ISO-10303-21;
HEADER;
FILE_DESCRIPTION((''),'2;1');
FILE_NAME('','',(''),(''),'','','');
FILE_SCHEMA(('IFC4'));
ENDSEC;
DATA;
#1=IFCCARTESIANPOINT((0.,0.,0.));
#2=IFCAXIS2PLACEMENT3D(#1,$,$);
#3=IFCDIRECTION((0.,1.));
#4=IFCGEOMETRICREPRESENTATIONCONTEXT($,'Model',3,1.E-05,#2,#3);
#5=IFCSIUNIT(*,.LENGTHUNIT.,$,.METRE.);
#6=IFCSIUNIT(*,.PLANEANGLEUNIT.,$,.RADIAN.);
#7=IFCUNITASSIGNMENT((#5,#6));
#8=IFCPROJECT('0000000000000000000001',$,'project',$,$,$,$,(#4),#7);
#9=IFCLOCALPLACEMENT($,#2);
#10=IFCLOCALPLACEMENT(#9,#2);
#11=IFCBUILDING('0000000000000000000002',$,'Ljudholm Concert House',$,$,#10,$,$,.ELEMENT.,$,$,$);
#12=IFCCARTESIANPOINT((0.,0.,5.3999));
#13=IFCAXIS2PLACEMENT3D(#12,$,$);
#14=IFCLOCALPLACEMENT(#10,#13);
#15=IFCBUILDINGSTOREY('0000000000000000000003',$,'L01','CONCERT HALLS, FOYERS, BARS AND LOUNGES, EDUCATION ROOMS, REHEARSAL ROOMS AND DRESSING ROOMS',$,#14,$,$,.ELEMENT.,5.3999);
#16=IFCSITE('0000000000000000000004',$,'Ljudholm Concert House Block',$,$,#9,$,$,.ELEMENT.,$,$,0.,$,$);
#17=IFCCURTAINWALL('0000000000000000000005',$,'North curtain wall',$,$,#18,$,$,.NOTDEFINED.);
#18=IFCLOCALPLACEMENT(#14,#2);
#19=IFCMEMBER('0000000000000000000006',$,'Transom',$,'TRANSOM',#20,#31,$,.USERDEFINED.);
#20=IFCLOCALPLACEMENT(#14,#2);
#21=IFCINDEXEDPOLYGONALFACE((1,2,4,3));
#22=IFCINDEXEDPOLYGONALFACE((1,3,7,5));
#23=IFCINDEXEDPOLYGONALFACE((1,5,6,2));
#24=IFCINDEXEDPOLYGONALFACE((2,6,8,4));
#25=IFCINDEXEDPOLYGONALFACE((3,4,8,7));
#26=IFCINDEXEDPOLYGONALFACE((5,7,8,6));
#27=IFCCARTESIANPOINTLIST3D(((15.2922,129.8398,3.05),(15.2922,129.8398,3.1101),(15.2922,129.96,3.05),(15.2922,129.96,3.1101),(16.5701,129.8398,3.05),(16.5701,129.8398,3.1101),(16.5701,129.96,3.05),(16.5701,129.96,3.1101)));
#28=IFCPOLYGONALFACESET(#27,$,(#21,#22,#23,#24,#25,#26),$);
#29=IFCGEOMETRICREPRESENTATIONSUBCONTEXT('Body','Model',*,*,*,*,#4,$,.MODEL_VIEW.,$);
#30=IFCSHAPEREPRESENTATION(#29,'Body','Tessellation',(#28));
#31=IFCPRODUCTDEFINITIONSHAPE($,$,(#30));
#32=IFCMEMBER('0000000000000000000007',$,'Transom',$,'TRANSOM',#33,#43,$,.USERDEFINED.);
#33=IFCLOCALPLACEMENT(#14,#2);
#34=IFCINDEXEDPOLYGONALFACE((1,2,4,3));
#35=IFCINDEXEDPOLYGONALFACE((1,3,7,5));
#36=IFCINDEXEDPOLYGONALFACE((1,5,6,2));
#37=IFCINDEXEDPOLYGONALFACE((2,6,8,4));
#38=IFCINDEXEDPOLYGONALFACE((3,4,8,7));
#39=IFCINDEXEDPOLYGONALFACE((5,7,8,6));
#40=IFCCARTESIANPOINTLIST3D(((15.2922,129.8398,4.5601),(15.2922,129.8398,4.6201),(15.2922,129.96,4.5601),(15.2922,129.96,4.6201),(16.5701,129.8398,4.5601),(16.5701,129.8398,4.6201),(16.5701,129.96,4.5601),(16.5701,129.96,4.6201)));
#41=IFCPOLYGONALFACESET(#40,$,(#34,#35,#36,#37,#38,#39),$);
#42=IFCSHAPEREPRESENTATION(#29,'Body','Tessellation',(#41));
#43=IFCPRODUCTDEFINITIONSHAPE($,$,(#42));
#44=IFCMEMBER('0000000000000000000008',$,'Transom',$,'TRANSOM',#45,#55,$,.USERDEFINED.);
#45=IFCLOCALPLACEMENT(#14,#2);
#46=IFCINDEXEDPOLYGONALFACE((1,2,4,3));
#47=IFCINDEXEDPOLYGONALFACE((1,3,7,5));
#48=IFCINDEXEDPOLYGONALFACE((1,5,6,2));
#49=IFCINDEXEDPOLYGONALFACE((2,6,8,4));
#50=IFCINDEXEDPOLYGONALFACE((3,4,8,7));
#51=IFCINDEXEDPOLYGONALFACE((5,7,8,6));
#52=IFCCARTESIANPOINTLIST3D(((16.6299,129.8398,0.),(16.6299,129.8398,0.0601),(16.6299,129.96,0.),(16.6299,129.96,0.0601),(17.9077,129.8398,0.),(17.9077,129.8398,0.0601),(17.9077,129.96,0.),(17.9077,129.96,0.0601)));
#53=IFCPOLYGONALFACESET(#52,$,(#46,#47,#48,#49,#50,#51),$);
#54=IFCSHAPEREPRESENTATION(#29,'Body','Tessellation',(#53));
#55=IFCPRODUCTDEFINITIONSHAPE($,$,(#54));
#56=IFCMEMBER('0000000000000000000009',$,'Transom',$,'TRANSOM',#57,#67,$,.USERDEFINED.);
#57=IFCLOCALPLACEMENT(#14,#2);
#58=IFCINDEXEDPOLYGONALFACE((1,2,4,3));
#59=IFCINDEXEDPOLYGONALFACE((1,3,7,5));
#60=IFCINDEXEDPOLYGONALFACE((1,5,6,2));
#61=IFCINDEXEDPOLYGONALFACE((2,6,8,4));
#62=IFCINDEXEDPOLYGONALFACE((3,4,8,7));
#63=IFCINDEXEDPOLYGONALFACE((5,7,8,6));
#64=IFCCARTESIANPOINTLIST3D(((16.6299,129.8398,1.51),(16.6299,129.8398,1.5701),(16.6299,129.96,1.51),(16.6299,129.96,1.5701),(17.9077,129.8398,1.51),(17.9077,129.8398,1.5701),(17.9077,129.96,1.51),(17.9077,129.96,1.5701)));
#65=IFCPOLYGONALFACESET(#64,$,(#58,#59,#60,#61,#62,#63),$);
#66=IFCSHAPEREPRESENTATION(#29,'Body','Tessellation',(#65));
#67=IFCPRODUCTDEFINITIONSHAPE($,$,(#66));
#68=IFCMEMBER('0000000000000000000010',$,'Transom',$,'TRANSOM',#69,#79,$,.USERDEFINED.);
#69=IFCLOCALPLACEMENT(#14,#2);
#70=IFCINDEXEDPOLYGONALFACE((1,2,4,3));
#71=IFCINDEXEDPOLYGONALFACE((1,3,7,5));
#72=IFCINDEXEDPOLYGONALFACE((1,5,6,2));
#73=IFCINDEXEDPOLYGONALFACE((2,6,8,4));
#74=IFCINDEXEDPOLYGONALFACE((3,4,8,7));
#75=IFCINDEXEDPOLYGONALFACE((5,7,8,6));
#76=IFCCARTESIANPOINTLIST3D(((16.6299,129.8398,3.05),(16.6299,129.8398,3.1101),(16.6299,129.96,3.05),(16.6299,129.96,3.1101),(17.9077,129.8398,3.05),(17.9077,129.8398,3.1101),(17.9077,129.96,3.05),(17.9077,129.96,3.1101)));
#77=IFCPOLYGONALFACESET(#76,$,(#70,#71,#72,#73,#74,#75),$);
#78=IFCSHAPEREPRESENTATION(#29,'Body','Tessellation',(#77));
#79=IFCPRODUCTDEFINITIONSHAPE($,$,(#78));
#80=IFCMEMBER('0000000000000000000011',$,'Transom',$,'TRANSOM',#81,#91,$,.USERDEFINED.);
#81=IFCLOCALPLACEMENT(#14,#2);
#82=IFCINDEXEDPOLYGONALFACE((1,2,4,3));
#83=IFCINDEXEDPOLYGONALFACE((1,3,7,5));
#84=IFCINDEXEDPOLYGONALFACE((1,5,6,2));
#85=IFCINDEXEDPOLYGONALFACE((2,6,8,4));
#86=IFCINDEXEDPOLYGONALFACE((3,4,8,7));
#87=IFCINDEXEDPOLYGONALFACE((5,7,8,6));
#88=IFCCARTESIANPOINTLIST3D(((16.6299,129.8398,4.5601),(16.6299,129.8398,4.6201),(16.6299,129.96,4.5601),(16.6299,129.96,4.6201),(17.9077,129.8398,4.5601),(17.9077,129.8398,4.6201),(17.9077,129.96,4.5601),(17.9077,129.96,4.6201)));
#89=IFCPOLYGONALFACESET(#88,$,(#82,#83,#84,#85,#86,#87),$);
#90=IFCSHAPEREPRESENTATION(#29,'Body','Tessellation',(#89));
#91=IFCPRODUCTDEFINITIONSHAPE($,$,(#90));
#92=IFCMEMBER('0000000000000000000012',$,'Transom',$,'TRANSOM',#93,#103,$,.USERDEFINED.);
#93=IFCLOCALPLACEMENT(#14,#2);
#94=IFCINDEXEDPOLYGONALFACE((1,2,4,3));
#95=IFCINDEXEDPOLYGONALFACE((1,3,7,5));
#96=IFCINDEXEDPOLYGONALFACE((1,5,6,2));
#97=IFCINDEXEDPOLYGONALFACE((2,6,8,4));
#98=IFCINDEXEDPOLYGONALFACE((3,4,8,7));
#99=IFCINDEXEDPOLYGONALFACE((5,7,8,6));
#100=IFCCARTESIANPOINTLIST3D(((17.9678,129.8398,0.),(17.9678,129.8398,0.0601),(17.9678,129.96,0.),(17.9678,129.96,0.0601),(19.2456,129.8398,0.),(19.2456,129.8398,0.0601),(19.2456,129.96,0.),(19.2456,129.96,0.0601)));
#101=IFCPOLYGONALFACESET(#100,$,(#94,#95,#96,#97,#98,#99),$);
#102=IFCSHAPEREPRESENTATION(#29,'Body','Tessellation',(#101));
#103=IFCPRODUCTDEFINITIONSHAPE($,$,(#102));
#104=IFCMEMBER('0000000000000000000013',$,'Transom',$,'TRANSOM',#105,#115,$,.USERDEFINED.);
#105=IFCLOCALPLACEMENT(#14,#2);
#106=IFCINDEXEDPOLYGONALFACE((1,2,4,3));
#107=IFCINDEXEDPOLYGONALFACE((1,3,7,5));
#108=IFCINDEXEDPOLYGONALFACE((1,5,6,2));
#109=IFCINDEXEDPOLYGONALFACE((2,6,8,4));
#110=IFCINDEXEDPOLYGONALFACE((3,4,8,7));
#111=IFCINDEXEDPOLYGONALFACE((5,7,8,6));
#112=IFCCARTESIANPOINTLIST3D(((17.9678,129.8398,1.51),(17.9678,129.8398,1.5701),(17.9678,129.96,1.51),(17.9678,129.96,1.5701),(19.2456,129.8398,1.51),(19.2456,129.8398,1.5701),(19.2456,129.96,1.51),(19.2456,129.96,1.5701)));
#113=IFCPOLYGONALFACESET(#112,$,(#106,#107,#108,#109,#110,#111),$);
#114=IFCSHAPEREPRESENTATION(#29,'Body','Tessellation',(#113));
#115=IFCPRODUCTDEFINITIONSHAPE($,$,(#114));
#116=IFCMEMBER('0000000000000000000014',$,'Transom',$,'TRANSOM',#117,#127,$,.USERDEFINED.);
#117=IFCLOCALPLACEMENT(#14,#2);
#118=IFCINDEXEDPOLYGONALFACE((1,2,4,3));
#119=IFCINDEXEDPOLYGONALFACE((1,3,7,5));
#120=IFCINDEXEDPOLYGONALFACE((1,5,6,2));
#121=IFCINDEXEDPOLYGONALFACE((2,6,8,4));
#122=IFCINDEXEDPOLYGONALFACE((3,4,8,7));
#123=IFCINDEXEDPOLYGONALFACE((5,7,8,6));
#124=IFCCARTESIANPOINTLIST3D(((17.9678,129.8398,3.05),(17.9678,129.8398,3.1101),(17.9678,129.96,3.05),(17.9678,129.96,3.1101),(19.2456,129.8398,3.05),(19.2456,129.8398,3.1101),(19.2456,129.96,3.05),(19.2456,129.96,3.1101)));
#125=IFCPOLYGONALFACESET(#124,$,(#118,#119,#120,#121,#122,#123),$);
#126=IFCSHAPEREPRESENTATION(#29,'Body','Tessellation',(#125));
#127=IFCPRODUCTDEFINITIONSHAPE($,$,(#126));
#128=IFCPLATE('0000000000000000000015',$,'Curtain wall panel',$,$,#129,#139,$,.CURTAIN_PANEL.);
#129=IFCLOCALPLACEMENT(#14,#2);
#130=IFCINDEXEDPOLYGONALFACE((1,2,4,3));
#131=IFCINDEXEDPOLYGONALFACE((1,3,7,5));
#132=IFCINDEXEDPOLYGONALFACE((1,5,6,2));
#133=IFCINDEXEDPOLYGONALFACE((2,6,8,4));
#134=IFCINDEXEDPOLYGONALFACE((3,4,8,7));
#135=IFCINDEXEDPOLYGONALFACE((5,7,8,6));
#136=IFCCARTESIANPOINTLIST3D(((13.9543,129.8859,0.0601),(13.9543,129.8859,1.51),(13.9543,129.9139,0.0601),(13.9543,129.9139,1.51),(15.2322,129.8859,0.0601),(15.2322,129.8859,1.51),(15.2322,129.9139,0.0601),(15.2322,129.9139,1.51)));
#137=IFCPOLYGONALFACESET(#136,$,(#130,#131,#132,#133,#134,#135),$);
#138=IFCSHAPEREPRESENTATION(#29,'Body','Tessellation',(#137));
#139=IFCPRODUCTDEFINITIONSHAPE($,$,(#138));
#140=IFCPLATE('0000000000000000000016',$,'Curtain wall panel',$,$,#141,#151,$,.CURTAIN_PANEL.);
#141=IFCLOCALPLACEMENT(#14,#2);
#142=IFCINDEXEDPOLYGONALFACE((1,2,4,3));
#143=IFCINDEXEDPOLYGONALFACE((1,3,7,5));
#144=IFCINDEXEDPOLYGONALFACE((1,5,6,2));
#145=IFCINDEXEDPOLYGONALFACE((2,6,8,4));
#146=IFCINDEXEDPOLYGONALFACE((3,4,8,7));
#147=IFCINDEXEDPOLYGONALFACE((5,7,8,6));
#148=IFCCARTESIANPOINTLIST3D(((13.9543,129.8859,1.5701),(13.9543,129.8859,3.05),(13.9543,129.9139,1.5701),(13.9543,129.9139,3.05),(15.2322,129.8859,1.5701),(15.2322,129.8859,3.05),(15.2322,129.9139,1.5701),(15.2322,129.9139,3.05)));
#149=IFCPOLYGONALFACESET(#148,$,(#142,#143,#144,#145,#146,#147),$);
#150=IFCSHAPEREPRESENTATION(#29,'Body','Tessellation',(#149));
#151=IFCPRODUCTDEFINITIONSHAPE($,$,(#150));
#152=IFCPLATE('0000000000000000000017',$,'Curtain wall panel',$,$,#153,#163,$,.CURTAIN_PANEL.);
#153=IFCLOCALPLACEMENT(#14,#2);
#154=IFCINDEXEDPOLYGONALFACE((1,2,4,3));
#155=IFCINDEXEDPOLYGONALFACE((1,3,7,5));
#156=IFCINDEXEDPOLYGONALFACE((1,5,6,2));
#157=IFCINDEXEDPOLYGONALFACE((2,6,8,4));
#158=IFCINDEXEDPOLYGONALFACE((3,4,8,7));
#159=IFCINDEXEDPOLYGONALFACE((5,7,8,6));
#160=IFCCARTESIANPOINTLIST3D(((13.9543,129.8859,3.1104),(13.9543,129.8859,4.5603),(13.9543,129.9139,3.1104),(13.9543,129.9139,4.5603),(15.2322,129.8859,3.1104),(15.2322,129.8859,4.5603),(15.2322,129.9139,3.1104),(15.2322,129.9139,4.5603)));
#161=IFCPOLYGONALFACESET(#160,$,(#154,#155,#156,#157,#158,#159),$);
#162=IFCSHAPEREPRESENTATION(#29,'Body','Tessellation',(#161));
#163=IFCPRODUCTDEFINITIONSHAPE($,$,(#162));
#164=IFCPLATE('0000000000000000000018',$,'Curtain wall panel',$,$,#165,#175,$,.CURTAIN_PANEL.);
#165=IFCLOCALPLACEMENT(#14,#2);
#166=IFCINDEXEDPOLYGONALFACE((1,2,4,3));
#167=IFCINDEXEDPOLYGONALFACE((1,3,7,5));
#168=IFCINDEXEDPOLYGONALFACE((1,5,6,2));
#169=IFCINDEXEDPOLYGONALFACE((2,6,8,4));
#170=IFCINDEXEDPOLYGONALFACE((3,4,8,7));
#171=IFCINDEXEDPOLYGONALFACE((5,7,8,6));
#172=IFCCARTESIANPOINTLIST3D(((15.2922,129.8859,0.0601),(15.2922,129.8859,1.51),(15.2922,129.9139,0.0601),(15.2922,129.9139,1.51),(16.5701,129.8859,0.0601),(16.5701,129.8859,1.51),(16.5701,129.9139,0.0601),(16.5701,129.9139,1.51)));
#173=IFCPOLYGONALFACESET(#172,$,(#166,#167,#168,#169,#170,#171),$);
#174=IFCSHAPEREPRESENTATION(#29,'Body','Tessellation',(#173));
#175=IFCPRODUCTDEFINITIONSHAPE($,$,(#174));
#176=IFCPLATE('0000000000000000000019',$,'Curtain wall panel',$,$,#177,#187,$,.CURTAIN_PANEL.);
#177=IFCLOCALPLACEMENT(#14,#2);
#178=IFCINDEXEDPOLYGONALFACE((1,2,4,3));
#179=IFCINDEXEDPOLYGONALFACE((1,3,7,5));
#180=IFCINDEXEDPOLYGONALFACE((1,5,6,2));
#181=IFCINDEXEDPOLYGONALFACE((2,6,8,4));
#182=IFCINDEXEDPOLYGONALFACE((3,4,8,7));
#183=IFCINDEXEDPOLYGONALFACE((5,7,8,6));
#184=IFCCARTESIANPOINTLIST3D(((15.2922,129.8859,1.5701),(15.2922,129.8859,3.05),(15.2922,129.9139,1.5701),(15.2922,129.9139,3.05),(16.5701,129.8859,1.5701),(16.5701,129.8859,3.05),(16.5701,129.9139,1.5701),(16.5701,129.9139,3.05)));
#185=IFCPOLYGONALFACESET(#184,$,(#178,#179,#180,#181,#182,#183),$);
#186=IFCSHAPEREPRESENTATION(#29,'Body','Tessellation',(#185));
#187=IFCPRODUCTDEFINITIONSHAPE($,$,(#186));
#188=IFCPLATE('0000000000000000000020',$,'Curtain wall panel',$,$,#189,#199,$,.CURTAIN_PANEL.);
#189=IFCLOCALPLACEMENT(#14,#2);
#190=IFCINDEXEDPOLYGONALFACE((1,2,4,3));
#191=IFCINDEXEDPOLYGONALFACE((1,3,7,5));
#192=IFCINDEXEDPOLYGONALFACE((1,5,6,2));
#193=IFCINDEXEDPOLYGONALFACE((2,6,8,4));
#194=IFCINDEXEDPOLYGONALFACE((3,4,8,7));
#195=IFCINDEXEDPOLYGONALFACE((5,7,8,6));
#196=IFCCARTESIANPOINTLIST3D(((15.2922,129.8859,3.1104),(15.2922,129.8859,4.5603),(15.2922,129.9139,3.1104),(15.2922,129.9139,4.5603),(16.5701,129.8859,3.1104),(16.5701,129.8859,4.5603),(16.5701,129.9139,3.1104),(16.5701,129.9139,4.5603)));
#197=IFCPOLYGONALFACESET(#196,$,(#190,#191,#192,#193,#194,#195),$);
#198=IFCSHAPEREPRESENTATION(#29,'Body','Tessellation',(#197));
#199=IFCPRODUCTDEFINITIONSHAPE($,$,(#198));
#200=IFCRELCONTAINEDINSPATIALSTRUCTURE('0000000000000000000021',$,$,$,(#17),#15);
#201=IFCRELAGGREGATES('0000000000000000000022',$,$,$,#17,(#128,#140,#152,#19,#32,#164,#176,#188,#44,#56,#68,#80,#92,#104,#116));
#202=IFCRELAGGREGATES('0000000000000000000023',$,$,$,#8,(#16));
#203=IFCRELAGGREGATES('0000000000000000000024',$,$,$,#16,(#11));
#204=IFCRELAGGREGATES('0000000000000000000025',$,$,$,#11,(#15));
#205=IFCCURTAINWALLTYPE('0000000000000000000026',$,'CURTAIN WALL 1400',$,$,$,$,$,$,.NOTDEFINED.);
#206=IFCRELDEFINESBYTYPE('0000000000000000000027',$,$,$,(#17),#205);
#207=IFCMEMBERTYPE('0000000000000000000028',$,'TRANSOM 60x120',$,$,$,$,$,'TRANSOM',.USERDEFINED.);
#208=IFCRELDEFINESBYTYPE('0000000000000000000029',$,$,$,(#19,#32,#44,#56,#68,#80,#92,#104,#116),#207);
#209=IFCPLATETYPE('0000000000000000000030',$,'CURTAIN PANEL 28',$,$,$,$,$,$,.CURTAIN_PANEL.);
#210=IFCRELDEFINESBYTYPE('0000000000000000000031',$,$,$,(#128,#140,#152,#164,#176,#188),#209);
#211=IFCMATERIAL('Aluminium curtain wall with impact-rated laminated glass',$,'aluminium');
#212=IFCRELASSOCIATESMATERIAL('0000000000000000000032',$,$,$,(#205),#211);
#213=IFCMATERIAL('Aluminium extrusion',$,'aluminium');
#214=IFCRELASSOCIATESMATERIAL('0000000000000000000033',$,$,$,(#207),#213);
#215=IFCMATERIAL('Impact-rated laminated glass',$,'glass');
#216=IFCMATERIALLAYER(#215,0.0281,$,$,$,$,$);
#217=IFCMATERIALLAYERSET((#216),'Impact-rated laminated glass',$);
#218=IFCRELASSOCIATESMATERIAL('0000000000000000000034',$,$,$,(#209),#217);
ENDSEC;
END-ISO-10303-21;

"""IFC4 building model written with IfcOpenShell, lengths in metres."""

from ifc_helpers import new_model, si_unit, direction, frame, origin, origin_2d, place, context, subcontext, project, spatial, rectangle, extrude, material, layer, layer_set, material_profile, profile_set, type_object, element, aggregate, save


model = new_model("IFC4")

# Units and contexts
model_context = context("Model", 3, precision=1e-05, world=origin(), true_north=direction((0.0, 1.0)))
body_context = subcontext(model_context, "Body", "Model", "MODEL_VIEW")
ifc_project = project(units=[si_unit("LENGTHUNIT", "METRE"), si_unit("PLANEANGLEUNIT", "RADIAN")], contexts=[model_context])

# Site, building, storey
site_placement = place(None, origin())
site = spatial("IfcSite", under=ifc_project, at=site_placement, Name="Ljudholm Concert House Block", CompositionType="ELEMENT", RefElevation=0.0)
building_placement = place(site_placement, origin())
building = spatial("IfcBuilding", under=site, at=building_placement, Name="Ljudholm Concert House", CompositionType="ELEMENT")
storey_placement = place(building_placement, frame((0.0, 0.0, 5.3999)))
storey = spatial("IfcBuildingStorey", under=building, at=storey_placement, Name="L01", Description="CONCERT HALLS, FOYERS, BARS AND LOUNGES, EDUCATION ROOMS, REHEARSAL ROOMS AND DRESSING ROOMS", CompositionType="ELEMENT", Elevation=5.3999)

# Curtain wall
ifc_material_1 = material(Name="Aluminium curtain wall with impact-rated laminated glass", Category="aluminium")
curtain_wall_type = type_object("IfcCurtainWallType", Name="CURTAIN WALL 1400", PredefinedType="NOTDEFINED", material=ifc_material_1)
curtain_wall_placement = place(storey_placement, origin())
curtain_wall = element("IfcCurtainWall", 1, at=curtain_wall_placement, inside=storey, type_object=curtain_wall_type, Name="North curtain wall", PredefinedType="NOTDEFINED")

# Members
ifc_material_2 = material(Name="Aluminium extrusion", Category="aluminium")
ifc_material_profile_1 = material_profile(ifc_material_2, rectangle(XDim=0.1201, YDim=0.0601, at=origin_2d()), Name="TRANSOM 60x120")
ifc_profile_set_1 = profile_set([ifc_material_profile_1], Name="Aluminium extrusion")
member_type_1 = type_object("IfcMemberType", Name="TRANSOM 60x120", ElementType="TRANSOM", PredefinedType="USERDEFINED", material=ifc_profile_set_1)
member_1_placement = place(storey_placement, frame((15.2922, 129.8999, 3.0801), z_axis=(1.0, 0.0, 0.0), x_axis=(0.0, 1.0, 0.0)))
member_1 = element("IfcMember", 2, at=member_1_placement, type_object=member_type_1, Name="Transom", ObjectType="TRANSOM", PredefinedType="USERDEFINED", context=body_context, shape_type="SweptSolid", body=[
    extrude(rectangle(XDim=0.1201, YDim=0.0601, at=origin_2d()), origin(), (0.0, 0.0, 1.0), 1.2778),
])
member_2_placement = place(storey_placement, frame((15.2922, 129.8999, 4.5901), z_axis=(1.0, 0.0, 0.0), x_axis=(0.0, 1.0, 0.0)))
member_2 = element("IfcMember", 3, at=member_2_placement, type_object=member_type_1, Name="Transom", ObjectType="TRANSOM", PredefinedType="USERDEFINED", context=body_context, shape_type="SweptSolid", body=[
    extrude(rectangle(XDim=0.1201, YDim=0.0601, at=origin_2d()), origin(), (0.0, 0.0, 1.0), 1.2778),
])
member_3_placement = place(storey_placement, frame((16.6299, 129.8999, 0.03), z_axis=(1.0, 0.0, 0.0), x_axis=(0.0, 1.0, 0.0)))
member_3 = element("IfcMember", 4, at=member_3_placement, type_object=member_type_1, Name="Transom", ObjectType="TRANSOM", PredefinedType="USERDEFINED", context=body_context, shape_type="SweptSolid", body=[
    extrude(rectangle(XDim=0.1201, YDim=0.0601, at=origin_2d()), origin(), (0.0, 0.0, 1.0), 1.2778),
])
member_4_placement = place(storey_placement, frame((16.6299, 129.8999, 1.54), z_axis=(1.0, 0.0, 0.0), x_axis=(0.0, 1.0, 0.0)))
member_4 = element("IfcMember", 5, at=member_4_placement, type_object=member_type_1, Name="Transom", ObjectType="TRANSOM", PredefinedType="USERDEFINED", context=body_context, shape_type="SweptSolid", body=[
    extrude(rectangle(XDim=0.1201, YDim=0.0601, at=origin_2d()), origin(), (0.0, 0.0, 1.0), 1.2778),
])
member_5_placement = place(storey_placement, frame((16.6299, 129.8999, 3.0801), z_axis=(1.0, 0.0, 0.0), x_axis=(0.0, 1.0, 0.0)))
member_5 = element("IfcMember", 6, at=member_5_placement, type_object=member_type_1, Name="Transom", ObjectType="TRANSOM", PredefinedType="USERDEFINED", context=body_context, shape_type="SweptSolid", body=[
    extrude(rectangle(XDim=0.1201, YDim=0.0601, at=origin_2d()), origin(), (0.0, 0.0, 1.0), 1.2778),
])
member_6_placement = place(storey_placement, frame((16.6299, 129.8999, 4.5901), z_axis=(1.0, 0.0, 0.0), x_axis=(0.0, 1.0, 0.0)))
member_6 = element("IfcMember", 7, at=member_6_placement, type_object=member_type_1, Name="Transom", ObjectType="TRANSOM", PredefinedType="USERDEFINED", context=body_context, shape_type="SweptSolid", body=[
    extrude(rectangle(XDim=0.1201, YDim=0.0601, at=origin_2d()), origin(), (0.0, 0.0, 1.0), 1.2778),
])
member_7_placement = place(storey_placement, frame((17.9678, 129.8999, 0.03), z_axis=(1.0, 0.0, 0.0), x_axis=(0.0, 1.0, 0.0)))
member_7 = element("IfcMember", 8, at=member_7_placement, type_object=member_type_1, Name="Transom", ObjectType="TRANSOM", PredefinedType="USERDEFINED", context=body_context, shape_type="SweptSolid", body=[
    extrude(rectangle(XDim=0.1201, YDim=0.0601, at=origin_2d()), origin(), (0.0, 0.0, 1.0), 1.2778),
])
member_8_placement = place(storey_placement, frame((17.9678, 129.8999, 1.54), z_axis=(1.0, 0.0, 0.0), x_axis=(0.0, 1.0, 0.0)))
member_8 = element("IfcMember", 9, at=member_8_placement, type_object=member_type_1, Name="Transom", ObjectType="TRANSOM", PredefinedType="USERDEFINED", context=body_context, shape_type="SweptSolid", body=[
    extrude(rectangle(XDim=0.1201, YDim=0.0601, at=origin_2d()), origin(), (0.0, 0.0, 1.0), 1.2778),
])
member_9_placement = place(storey_placement, frame((17.9678, 129.8999, 3.0801), z_axis=(1.0, 0.0, 0.0), x_axis=(0.0, 1.0, 0.0)))
member_9 = element("IfcMember", 10, at=member_9_placement, type_object=member_type_1, Name="Transom", ObjectType="TRANSOM", PredefinedType="USERDEFINED", context=body_context, shape_type="SweptSolid", body=[
    extrude(rectangle(XDim=0.1201, YDim=0.0601, at=origin_2d()), origin(), (0.0, 0.0, 1.0), 1.2778),
])

# Plates
ifc_material_3 = material(Name="Impact-rated laminated glass", Category="glass")
ifc_layer = layer(ifc_material_3, 0.0281)
ifc_layer_set = layer_set([ifc_layer], Name="Impact-rated laminated glass")
plate_type = type_object("IfcPlateType", Name="CURTAIN PANEL 28", PredefinedType="CURTAIN_PANEL", material=ifc_layer_set)
plate_1_placement = place(storey_placement, frame((14.5933, 129.8999, 0.0601), z_axis=(0.0, 0.0, 1.0), x_axis=(1.0, 0.0, 0.0)))
plate_1 = element("IfcPlate", 11, at=plate_1_placement, type_object=plate_type, Name="Curtain wall panel", PredefinedType="CURTAIN_PANEL", context=body_context, shape_type="SweptSolid", body=[
    extrude(rectangle(XDim=1.2778, YDim=0.0281, at=origin_2d()), origin(), (0.0, 0.0, 1.0), 1.45),
])
plate_2_placement = place(storey_placement, frame((14.5933, 129.8999, 1.5701), z_axis=(0.0, 0.0, 1.0), x_axis=(1.0, 0.0, 0.0)))
plate_2 = element("IfcPlate", 12, at=plate_2_placement, type_object=plate_type, Name="Curtain wall panel", PredefinedType="CURTAIN_PANEL", context=body_context, shape_type="SweptSolid", body=[
    extrude(rectangle(XDim=1.2778, YDim=0.0281, at=origin_2d()), origin(), (0.0, 0.0, 1.0), 1.48),
])
plate_3_placement = place(storey_placement, frame((14.5933, 129.8999, 3.1104), z_axis=(0.0, 0.0, 1.0), x_axis=(1.0, 0.0, 0.0)))
plate_3 = element("IfcPlate", 13, at=plate_3_placement, type_object=plate_type, Name="Curtain wall panel", PredefinedType="CURTAIN_PANEL", context=body_context, shape_type="SweptSolid", body=[
    extrude(rectangle(XDim=1.2778, YDim=0.0281, at=origin_2d()), origin(), (0.0, 0.0, 1.0), 1.45),
])
plate_4_placement = place(storey_placement, frame((15.9312, 129.8999, 0.0601), z_axis=(0.0, 0.0, 1.0), x_axis=(1.0, 0.0, 0.0)))
plate_4 = element("IfcPlate", 14, at=plate_4_placement, type_object=plate_type, Name="Curtain wall panel", PredefinedType="CURTAIN_PANEL", context=body_context, shape_type="SweptSolid", body=[
    extrude(rectangle(XDim=1.2778, YDim=0.0281, at=origin_2d()), origin(), (0.0, 0.0, 1.0), 1.45),
])
plate_5_placement = place(storey_placement, frame((15.9312, 129.8999, 1.5701), z_axis=(0.0, 0.0, 1.0), x_axis=(1.0, 0.0, 0.0)))
plate_5 = element("IfcPlate", 15, at=plate_5_placement, type_object=plate_type, Name="Curtain wall panel", PredefinedType="CURTAIN_PANEL", context=body_context, shape_type="SweptSolid", body=[
    extrude(rectangle(XDim=1.2778, YDim=0.0281, at=origin_2d()), origin(), (0.0, 0.0, 1.0), 1.48),
])
plate_6_placement = place(storey_placement, frame((15.9312, 129.8999, 3.1104), z_axis=(0.0, 0.0, 1.0), x_axis=(1.0, 0.0, 0.0)))
plate_6 = element("IfcPlate", 16, at=plate_6_placement, type_object=plate_type, Name="Curtain wall panel", PredefinedType="CURTAIN_PANEL", context=body_context, shape_type="SweptSolid", body=[
    extrude(rectangle(XDim=1.2778, YDim=0.0281, at=origin_2d()), origin(), (0.0, 0.0, 1.0), 1.45),
])
aggregate(curtain_wall, [plate_1, plate_2, plate_3, member_1, member_2, plate_4, plate_5, plate_6, member_3, member_4, member_5, member_6, member_7, member_8, member_9])

save(model, "model.ifc")
